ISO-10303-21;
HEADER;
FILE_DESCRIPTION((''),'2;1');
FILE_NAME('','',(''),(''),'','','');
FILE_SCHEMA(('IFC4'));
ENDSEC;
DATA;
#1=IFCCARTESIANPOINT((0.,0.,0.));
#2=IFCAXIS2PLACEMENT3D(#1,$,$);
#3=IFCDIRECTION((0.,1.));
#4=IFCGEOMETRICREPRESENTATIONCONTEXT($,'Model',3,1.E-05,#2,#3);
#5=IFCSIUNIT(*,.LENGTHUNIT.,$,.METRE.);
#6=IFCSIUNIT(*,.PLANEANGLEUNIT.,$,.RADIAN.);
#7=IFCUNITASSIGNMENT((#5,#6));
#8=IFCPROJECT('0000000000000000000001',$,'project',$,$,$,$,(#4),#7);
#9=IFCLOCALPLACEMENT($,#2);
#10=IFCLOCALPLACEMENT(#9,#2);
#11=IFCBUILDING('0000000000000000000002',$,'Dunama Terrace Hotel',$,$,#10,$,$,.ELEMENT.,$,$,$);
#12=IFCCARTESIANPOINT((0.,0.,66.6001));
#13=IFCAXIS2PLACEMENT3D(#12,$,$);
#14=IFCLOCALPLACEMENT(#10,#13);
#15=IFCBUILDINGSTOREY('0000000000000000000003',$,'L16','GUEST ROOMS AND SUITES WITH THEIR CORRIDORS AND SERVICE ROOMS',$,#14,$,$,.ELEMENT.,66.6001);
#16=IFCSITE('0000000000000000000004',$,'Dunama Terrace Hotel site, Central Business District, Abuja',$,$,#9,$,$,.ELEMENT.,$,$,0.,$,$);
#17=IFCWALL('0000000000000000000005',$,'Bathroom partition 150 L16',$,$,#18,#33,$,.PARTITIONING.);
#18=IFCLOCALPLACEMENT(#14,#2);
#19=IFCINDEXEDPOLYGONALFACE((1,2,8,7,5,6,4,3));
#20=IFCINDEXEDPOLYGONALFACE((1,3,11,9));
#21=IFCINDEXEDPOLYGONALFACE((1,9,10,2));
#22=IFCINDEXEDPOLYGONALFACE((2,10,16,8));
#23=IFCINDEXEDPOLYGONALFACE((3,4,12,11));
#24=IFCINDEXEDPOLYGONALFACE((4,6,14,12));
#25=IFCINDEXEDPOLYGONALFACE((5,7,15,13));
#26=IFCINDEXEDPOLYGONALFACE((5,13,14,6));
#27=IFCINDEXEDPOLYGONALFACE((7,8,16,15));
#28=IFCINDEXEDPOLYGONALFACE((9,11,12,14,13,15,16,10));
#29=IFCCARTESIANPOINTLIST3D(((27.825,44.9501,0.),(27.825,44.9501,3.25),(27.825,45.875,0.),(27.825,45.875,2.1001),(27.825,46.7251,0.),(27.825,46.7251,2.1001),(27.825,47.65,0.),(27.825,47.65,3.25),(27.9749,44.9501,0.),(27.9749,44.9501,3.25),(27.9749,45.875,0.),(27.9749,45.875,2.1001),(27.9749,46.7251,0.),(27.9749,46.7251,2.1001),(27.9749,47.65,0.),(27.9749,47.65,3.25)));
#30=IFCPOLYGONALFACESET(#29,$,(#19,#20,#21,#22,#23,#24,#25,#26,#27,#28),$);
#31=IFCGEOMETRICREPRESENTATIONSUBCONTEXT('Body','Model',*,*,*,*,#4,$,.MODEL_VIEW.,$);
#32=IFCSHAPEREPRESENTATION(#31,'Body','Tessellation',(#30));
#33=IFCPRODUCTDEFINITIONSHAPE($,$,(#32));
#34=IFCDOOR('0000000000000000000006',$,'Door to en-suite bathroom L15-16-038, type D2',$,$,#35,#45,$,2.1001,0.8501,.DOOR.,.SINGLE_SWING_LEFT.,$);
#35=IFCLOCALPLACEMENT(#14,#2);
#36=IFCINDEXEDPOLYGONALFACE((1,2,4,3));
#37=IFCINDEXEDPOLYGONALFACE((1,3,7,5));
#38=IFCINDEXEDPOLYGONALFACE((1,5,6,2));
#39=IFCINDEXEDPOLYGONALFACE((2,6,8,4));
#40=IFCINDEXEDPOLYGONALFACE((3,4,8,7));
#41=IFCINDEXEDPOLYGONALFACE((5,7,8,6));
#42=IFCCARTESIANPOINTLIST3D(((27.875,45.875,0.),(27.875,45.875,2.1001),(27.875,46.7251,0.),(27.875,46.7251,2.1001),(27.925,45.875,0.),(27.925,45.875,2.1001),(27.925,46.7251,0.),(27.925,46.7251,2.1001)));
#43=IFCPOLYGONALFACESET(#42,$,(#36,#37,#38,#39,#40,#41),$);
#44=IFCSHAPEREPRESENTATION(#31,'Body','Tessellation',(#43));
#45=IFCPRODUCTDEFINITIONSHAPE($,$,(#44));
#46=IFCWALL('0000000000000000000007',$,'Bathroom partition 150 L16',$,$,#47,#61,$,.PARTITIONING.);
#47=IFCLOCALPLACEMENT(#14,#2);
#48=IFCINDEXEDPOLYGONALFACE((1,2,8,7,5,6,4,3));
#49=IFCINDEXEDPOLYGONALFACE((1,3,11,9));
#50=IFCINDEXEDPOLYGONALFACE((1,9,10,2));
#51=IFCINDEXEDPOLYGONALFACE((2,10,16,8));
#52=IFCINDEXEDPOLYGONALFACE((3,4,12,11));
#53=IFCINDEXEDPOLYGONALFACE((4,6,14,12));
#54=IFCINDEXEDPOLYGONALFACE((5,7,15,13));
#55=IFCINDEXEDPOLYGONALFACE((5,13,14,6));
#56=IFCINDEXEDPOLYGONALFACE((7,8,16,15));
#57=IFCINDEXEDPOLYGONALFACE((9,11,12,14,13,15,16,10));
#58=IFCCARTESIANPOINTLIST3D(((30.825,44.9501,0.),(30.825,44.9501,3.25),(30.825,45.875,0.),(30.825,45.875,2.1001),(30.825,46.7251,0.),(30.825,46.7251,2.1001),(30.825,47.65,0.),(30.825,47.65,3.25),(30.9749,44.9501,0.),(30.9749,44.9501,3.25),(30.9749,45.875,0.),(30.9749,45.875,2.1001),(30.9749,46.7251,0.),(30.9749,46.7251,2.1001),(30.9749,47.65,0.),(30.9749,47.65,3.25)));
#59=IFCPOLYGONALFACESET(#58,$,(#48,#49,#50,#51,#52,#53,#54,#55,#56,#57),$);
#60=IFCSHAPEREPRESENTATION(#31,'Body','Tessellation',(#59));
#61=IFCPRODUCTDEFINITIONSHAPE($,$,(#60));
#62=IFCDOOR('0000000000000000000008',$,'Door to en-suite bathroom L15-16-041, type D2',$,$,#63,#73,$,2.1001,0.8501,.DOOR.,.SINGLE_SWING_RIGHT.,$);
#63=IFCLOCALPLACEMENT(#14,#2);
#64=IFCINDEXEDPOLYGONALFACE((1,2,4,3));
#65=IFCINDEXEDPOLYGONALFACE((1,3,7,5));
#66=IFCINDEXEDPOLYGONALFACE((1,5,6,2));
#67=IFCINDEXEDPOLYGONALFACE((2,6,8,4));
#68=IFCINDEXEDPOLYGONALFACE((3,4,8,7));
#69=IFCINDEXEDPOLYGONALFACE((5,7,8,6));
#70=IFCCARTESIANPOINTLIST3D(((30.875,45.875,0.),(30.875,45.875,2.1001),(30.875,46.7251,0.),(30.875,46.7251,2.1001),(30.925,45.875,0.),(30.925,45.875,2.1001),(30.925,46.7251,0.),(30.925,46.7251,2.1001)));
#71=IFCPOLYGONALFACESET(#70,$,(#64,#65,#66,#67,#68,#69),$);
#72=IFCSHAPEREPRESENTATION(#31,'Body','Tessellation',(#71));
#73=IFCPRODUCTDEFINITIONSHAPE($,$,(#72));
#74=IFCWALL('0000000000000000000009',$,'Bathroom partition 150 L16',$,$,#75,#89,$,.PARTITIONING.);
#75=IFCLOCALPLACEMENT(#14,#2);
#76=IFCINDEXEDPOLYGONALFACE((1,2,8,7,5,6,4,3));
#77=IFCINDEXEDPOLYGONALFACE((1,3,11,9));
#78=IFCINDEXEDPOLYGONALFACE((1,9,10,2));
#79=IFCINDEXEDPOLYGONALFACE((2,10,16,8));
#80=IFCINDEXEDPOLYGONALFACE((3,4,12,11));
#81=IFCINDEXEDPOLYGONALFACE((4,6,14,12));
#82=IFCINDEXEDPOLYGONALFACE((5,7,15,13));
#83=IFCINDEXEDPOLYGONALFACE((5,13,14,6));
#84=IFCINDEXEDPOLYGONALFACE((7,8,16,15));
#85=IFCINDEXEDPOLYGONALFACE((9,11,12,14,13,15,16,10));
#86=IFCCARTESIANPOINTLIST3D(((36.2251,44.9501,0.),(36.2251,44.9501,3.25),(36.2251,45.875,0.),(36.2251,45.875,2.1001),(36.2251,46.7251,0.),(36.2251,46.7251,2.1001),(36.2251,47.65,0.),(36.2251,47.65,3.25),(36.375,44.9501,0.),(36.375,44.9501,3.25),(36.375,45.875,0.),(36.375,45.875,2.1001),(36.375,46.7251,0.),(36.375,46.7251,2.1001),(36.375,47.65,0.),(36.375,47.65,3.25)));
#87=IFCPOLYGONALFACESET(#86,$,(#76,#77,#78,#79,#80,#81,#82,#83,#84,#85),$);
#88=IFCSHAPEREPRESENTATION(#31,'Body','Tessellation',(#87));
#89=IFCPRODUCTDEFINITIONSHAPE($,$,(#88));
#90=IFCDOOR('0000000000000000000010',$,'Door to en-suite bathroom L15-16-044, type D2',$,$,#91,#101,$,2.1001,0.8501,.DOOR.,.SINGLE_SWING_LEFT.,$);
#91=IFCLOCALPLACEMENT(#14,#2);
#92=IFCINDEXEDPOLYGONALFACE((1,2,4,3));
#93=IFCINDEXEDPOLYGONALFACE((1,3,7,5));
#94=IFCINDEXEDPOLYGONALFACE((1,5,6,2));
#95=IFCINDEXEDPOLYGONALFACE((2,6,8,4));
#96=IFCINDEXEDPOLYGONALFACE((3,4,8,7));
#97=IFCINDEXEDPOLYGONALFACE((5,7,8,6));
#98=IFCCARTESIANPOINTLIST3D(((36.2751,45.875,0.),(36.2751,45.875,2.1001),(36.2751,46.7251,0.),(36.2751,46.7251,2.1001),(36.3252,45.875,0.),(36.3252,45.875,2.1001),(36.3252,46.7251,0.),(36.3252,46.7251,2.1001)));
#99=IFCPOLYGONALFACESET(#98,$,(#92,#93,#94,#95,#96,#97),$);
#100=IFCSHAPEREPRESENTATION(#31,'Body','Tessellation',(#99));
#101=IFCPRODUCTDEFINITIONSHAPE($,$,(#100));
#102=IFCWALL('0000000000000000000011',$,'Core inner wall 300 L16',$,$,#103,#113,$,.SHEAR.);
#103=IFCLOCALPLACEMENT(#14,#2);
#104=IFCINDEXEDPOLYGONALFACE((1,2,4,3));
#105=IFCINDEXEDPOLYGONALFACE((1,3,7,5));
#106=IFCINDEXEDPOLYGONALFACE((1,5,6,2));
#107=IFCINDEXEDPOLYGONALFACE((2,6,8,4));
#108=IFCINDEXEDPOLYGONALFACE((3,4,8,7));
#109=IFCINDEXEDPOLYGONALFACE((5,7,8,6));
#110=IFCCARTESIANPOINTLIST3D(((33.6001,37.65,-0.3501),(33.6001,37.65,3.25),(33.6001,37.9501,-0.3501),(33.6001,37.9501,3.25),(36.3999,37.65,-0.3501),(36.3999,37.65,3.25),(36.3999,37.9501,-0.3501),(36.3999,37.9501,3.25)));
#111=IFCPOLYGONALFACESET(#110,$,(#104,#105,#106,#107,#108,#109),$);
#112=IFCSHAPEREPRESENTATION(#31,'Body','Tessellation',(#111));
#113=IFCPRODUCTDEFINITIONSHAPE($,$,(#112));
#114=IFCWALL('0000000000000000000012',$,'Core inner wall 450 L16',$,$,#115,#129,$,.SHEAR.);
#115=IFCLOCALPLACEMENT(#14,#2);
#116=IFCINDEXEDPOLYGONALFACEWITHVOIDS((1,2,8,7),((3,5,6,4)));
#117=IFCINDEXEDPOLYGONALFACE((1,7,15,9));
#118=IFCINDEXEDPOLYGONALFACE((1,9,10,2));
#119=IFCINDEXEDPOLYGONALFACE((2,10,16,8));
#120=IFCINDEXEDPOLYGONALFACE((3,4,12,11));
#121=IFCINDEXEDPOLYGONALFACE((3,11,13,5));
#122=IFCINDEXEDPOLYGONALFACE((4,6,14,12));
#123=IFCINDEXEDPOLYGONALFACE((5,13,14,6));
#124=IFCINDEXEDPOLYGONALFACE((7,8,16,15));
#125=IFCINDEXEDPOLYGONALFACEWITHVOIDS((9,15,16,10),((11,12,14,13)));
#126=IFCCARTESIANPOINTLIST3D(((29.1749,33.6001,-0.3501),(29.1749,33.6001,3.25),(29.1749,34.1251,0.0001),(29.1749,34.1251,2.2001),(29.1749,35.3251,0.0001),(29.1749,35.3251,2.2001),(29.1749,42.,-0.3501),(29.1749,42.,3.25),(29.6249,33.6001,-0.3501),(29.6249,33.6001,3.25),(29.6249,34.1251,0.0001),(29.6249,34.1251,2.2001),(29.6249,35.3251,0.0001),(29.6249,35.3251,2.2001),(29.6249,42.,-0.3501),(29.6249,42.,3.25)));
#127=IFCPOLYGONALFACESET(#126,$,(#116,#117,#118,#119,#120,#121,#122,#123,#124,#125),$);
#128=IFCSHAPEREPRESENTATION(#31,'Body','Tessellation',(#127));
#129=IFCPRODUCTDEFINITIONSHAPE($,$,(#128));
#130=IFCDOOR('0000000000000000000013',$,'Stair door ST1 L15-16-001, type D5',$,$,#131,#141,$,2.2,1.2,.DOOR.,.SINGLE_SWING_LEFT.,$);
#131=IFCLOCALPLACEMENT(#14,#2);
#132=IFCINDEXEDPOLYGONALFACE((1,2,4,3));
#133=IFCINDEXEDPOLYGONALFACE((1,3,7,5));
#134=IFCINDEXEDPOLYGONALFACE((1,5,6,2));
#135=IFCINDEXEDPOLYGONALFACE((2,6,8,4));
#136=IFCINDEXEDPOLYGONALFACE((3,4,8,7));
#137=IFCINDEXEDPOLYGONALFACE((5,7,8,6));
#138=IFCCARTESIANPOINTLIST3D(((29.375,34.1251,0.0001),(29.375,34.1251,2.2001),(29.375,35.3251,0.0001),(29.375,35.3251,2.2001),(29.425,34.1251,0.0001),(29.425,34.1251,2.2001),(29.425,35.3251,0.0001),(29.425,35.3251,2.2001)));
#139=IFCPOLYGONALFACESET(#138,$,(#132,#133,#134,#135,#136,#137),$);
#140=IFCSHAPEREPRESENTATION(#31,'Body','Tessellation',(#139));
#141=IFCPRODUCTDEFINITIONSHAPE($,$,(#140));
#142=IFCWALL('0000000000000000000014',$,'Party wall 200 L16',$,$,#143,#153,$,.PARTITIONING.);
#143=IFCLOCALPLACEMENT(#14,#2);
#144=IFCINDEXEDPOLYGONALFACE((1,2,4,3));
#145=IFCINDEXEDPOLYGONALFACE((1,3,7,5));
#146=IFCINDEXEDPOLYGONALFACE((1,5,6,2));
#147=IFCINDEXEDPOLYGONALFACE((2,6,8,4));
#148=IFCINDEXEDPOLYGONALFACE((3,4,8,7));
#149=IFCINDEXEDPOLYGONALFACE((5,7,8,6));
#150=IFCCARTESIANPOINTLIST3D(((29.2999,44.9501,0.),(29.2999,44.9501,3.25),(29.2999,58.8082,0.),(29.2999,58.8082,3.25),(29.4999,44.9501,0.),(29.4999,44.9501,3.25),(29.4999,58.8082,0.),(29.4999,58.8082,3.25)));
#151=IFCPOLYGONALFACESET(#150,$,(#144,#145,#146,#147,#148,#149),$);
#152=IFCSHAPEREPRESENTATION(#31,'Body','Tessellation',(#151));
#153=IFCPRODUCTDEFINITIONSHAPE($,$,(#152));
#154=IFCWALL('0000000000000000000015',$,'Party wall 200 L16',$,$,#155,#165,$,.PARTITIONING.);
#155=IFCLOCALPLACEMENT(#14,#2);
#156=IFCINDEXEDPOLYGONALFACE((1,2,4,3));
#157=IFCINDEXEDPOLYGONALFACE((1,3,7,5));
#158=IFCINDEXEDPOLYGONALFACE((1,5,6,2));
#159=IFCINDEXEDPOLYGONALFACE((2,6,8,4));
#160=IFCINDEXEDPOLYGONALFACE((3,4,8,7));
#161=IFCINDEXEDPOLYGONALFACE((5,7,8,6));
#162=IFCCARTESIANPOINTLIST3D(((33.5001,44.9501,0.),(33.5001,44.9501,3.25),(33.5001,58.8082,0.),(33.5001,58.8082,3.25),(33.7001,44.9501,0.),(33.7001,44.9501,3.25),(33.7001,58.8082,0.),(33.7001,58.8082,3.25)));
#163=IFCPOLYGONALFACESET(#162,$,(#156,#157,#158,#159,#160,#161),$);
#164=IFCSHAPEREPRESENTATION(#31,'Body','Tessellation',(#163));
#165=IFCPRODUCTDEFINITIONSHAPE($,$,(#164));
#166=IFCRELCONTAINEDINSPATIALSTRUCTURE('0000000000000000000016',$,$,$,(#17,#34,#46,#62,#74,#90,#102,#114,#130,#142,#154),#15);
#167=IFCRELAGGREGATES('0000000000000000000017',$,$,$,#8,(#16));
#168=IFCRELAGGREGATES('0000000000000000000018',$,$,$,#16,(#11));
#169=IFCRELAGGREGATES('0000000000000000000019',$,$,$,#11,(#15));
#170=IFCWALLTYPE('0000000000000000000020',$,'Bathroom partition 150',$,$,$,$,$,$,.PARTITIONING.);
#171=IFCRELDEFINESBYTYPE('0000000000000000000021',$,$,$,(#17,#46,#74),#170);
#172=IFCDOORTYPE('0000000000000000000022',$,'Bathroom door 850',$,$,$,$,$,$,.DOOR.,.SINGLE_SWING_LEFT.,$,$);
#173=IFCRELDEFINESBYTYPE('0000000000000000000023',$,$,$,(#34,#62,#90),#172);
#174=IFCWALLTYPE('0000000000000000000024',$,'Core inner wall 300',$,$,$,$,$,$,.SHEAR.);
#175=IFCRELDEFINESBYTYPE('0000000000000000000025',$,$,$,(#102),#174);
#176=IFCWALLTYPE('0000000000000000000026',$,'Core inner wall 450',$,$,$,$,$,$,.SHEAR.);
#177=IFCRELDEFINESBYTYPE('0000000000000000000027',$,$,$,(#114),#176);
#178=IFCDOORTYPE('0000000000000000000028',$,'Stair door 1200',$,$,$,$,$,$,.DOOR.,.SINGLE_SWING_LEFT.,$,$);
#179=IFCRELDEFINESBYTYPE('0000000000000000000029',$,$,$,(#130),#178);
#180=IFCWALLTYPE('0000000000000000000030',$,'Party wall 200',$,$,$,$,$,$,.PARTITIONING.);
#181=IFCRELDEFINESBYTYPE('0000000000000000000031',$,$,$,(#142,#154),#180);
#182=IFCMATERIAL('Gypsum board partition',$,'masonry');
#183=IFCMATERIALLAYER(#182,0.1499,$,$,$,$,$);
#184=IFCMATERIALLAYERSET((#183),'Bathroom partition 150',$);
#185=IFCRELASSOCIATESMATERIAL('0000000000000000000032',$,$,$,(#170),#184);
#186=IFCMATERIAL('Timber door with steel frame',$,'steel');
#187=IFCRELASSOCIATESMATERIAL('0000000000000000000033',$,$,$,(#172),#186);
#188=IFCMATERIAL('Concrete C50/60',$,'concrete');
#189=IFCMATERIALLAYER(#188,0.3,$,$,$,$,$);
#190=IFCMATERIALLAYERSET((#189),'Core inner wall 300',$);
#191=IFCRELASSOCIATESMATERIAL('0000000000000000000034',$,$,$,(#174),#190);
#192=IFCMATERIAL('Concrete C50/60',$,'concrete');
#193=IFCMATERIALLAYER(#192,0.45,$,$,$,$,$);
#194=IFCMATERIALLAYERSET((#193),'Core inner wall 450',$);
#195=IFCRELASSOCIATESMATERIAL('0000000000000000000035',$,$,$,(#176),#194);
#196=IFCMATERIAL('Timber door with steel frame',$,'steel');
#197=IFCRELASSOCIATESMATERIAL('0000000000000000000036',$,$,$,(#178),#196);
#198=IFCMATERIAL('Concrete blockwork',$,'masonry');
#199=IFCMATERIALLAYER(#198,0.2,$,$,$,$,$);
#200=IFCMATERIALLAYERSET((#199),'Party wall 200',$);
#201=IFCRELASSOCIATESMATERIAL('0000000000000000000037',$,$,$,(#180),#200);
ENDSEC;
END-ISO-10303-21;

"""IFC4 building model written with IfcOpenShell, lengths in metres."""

from ifc_helpers import new_model, si_unit, direction, frame, frame_2d, origin, place, context, subcontext, project, spatial, rectangle, extrude, material, layer, layer_set, type_object, element, fill, save


model = new_model("IFC4")

# Units and contexts
model_context = context("Model", 3, precision=1e-05, world=origin(), true_north=direction((0.0, 1.0)))
body_context = subcontext(model_context, "Body", "Model", "MODEL_VIEW")
ifc_project = project(units=[si_unit("LENGTHUNIT", "METRE"), si_unit("PLANEANGLEUNIT", "RADIAN")], contexts=[model_context])

# Site, building, storey
site_placement = place(None, origin())
site = spatial("IfcSite", under=ifc_project, at=site_placement, Name="Dunama Terrace Hotel site, Central Business District, Abuja", CompositionType="ELEMENT", RefElevation=0.0)
building_placement = place(site_placement, origin())
building = spatial("IfcBuilding", under=site, at=building_placement, Name="Dunama Terrace Hotel", CompositionType="ELEMENT")
storey_placement = place(building_placement, frame((0.0, 0.0, 66.6001)))
storey = spatial("IfcBuildingStorey", under=building, at=storey_placement, Name="L16", Description="GUEST ROOMS AND SUITES WITH THEIR CORRIDORS AND SERVICE ROOMS", CompositionType="ELEMENT", Elevation=66.6001)

# Walls, openings, doors
ifc_material_1 = material(Name="Gypsum board partition", Category="masonry")
ifc_layer_1 = layer(ifc_material_1, 0.1499)
ifc_layer_set_1 = layer_set([ifc_layer_1], Name="Bathroom partition 150")
wall_type_1 = type_object("IfcWallType", Name="Bathroom partition 150", PredefinedType="PARTITIONING", material=ifc_layer_set_1)
wall_1_placement = place(storey_placement, frame((27.8999, 44.95, 0.0), z_axis=(0.0, 0.0, 1.0), x_axis=(0.0, 1.0, 0.0)))
wall_1 = element("IfcWall", 1, at=wall_1_placement, inside=storey, type_object=wall_type_1, Name="Bathroom partition 150 L16", PredefinedType="PARTITIONING", context=body_context, shape_type="SweptSolid", body=[
    extrude(rectangle(XDim=2.7, YDim=0.1499, at=frame_2d((1.3501, 0.0))), origin(), (0.0, 0.0, 1.0), 3.25),
])
opening_1_placement = place(wall_1_placement, frame((0.925, 0.0, 0.0)))
opening_1 = element("IfcOpeningElement", 2, at=opening_1_placement, cuts=wall_1, PredefinedType="OPENING", context=body_context, shape_type="SweptSolid", body=[
    extrude(rectangle(XDim=0.8501, YDim=2.1001, at=frame_2d((0.425, 1.05))), frame((0.0, 0.085, 0.0), z_axis=(0.0, -1.0, 0.0), x_axis=(1.0, 0.0, 0.0)), (0.0, 0.0, 1.0), 0.1699),
])
ifc_material_2 = material(Name="Timber door with steel frame", Category="steel")
door_type_1 = type_object("IfcDoorType", Name="Bathroom door 850", OperationType="SINGLE_SWING_LEFT", PredefinedType="DOOR", material=ifc_material_2)
door_1_placement = place(opening_1_placement, origin())
door_1 = element("IfcDoor", 3, at=door_1_placement, inside=storey, type_object=door_type_1, Name="Door to en-suite bathroom L15-16-038, type D2", OperationType="SINGLE_SWING_LEFT", OverallHeight=2.1001, OverallWidth=0.8501, PredefinedType="DOOR", context=body_context, shape_type="SweptSolid", body=[
    extrude(rectangle(XDim=0.8501, YDim=2.1001, at=frame_2d((0.425, 1.05))), frame((0.0, 0.0249, 0.0), z_axis=(0.0, -1.0, 0.0), x_axis=(1.0, 0.0, 0.0)), (0.0, 0.0, 1.0), 0.05),
])
fill(opening_1, door_1)
wall_2_placement = place(storey_placement, frame((30.8999, 44.95, 0.0), z_axis=(0.0, 0.0, 1.0), x_axis=(0.0, 1.0, 0.0)))
wall_2 = element("IfcWall", 4, at=wall_2_placement, inside=storey, type_object=wall_type_1, Name="Bathroom partition 150 L16", PredefinedType="PARTITIONING", context=body_context, shape_type="SweptSolid", body=[
    extrude(rectangle(XDim=2.7, YDim=0.1499, at=frame_2d((1.3501, 0.0))), origin(), (0.0, 0.0, 1.0), 3.25),
])
opening_2_placement = place(wall_2_placement, frame((0.925, 0.0, 0.0)))
opening_2 = element("IfcOpeningElement", 5, at=opening_2_placement, cuts=wall_2, PredefinedType="OPENING", context=body_context, shape_type="SweptSolid", body=[
    extrude(rectangle(XDim=0.8501, YDim=2.1001, at=frame_2d((0.425, 1.05))), frame((0.0, 0.085, 0.0), z_axis=(0.0, -1.0, 0.0), x_axis=(1.0, 0.0, 0.0)), (0.0, 0.0, 1.0), 0.1699),
])
door_2_placement = place(opening_2_placement, frame((0.8501, 0.0, 0.0), z_axis=(0.0, 0.0, 1.0), x_axis=(-1.0, 0.0, 0.0)))
door_2 = element("IfcDoor", 6, at=door_2_placement, inside=storey, type_object=door_type_1, Name="Door to en-suite bathroom L15-16-041, type D2", OperationType="SINGLE_SWING_RIGHT", OverallHeight=2.1001, OverallWidth=0.8501, PredefinedType="DOOR", context=body_context, shape_type="SweptSolid", body=[
    extrude(rectangle(XDim=0.8501, YDim=2.1001, at=frame_2d((0.425, 1.05))), frame((0.0, 0.0251, 0.0), z_axis=(0.0, -1.0, 0.0), x_axis=(1.0, 0.0, 0.0)), (0.0, 0.0, 1.0), 0.05),
])
fill(opening_2, door_2)
wall_3_placement = place(storey_placement, frame((36.3, 44.95, 0.0), z_axis=(0.0, 0.0, 1.0), x_axis=(0.0, 1.0, 0.0)))
wall_3 = element("IfcWall", 7, at=wall_3_placement, inside=storey, type_object=wall_type_1, Name="Bathroom partition 150 L16", PredefinedType="PARTITIONING", context=body_context, shape_type="SweptSolid", body=[
    extrude(rectangle(XDim=2.7, YDim=0.1499, at=frame_2d((1.3501, 0.0))), origin(), (0.0, 0.0, 1.0), 3.25),
])
opening_3_placement = place(wall_3_placement, frame((0.925, 0.0, 0.0)))
opening_3 = element("IfcOpeningElement", 8, at=opening_3_placement, cuts=wall_3, PredefinedType="OPENING", context=body_context, shape_type="SweptSolid", body=[
    extrude(rectangle(XDim=0.8501, YDim=2.1001, at=frame_2d((0.425, 1.05))), frame((0.0, 0.085, 0.0), z_axis=(0.0, -1.0, 0.0), x_axis=(1.0, 0.0, 0.0)), (0.0, 0.0, 1.0), 0.1699),
])
door_3_placement = place(opening_3_placement, origin())
door_3 = element("IfcDoor", 9, at=door_3_placement, inside=storey, type_object=door_type_1, Name="Door to en-suite bathroom L15-16-044, type D2", OperationType="SINGLE_SWING_LEFT", OverallHeight=2.1001, OverallWidth=0.8501, PredefinedType="DOOR", context=body_context, shape_type="SweptSolid", body=[
    extrude(rectangle(XDim=0.8501, YDim=2.1001, at=frame_2d((0.425, 1.05))), frame((0.0, 0.0249, 0.0), z_axis=(0.0, -1.0, 0.0), x_axis=(1.0, 0.0, 0.0)), (0.0, 0.0, 1.0), 0.05),
])
fill(opening_3, door_3)

# Wall
ifc_material_3 = material(Name="Concrete C50/60", Category="concrete")
ifc_layer_2 = layer(ifc_material_3, 0.3)
ifc_layer_set_2 = layer_set([ifc_layer_2], Name="Core inner wall 300")
wall_type_2 = type_object("IfcWallType", Name="Core inner wall 300", PredefinedType="SHEAR", material=ifc_layer_set_2)
wall_4_placement = place(storey_placement, frame((33.6001, 37.8, -0.3501), z_axis=(0.0, 0.0, 1.0), x_axis=(1.0, 0.0, 0.0)))
element("IfcWall", 10, at=wall_4_placement, inside=storey, type_object=wall_type_2, Name="Core inner wall 300 L16", PredefinedType="SHEAR", context=body_context, shape_type="SweptSolid", body=[
    extrude(rectangle(XDim=2.7998, YDim=0.3, at=frame_2d((1.3999, 0.0))), origin(), (0.0, 0.0, 1.0), 3.6001),
])

# Wall, opening, door
ifc_material_4 = material(Name="Concrete C50/60", Category="concrete")
ifc_layer_3 = layer(ifc_material_4, 0.45)
ifc_layer_set_3 = layer_set([ifc_layer_3], Name="Core inner wall 450")
wall_type_3 = type_object("IfcWallType", Name="Core inner wall 450", PredefinedType="SHEAR", material=ifc_layer_set_3)
wall_5_placement = place(storey_placement, frame((29.3999, 33.6001, -0.3501), z_axis=(0.0, 0.0, 1.0), x_axis=(0.0, 1.0, 0.0)))
wall_5 = element("IfcWall", 11, at=wall_5_placement, inside=storey, type_object=wall_type_3, Name="Core inner wall 450 L16", PredefinedType="SHEAR", context=body_context, shape_type="SweptSolid", body=[
    extrude(rectangle(XDim=8.3999, YDim=0.45, at=frame_2d((4.2, 0.0))), origin(), (0.0, 0.0, 1.0), 3.6001),
])
opening_4_placement = place(wall_5_placement, frame((0.5249, 0.0, 0.3501)))
opening_4 = element("IfcOpeningElement", 12, at=opening_4_placement, cuts=wall_5, PredefinedType="OPENING", context=body_context, shape_type="SweptSolid", body=[
    extrude(rectangle(XDim=1.2, YDim=2.2, at=frame_2d((0.6001, 1.1001))), frame((0.0, 0.2349, 0.0), z_axis=(0.0, -1.0, 0.0), x_axis=(1.0, 0.0, 0.0)), (0.0, 0.0, 1.0), 0.47),
])
ifc_material_5 = material(Name="Timber door with steel frame", Category="steel")
door_type_2 = type_object("IfcDoorType", Name="Stair door 1200", OperationType="SINGLE_SWING_LEFT", PredefinedType="DOOR", material=ifc_material_5)
door_4_placement = place(opening_4_placement, origin())
door_4 = element("IfcDoor", 13, at=door_4_placement, inside=storey, type_object=door_type_2, Name="Stair door ST1 L15-16-001, type D5", OperationType="SINGLE_SWING_LEFT", OverallHeight=2.2, OverallWidth=1.2, PredefinedType="DOOR", context=body_context, shape_type="SweptSolid", body=[
    extrude(rectangle(XDim=1.2, YDim=2.2, at=frame_2d((0.6001, 1.1001))), frame((0.0, 0.0249, 0.0), z_axis=(0.0, -1.0, 0.0), x_axis=(1.0, 0.0, 0.0)), (0.0, 0.0, 1.0), 0.05),
])
fill(opening_4, door_4)

# Walls
ifc_material_6 = material(Name="Concrete blockwork", Category="masonry")
ifc_layer_4 = layer(ifc_material_6, 0.2)
ifc_layer_set_4 = layer_set([ifc_layer_4], Name="Party wall 200")
wall_type_4 = type_object("IfcWallType", Name="Party wall 200", PredefinedType="PARTITIONING", material=ifc_layer_set_4)
for number, where, z_axis, x_axis, name in (
    (14, (29.3999, 44.95, 0.0), (0.0, 0.0, 1.0), (0.0, 1.0, 0.0), "Party wall 200 L16"),
    (15, (33.6001, 44.95, 0.0), (0.0, 0.0, 1.0), (0.0, 1.0, 0.0), "Party wall 200 L16"),
):
    element("IfcWall", number, at=place(storey_placement, frame(where, z_axis=z_axis, x_axis=x_axis)), inside=storey, type_object=wall_type_4, Name=name, PredefinedType="PARTITIONING", context=body_context, shape_type="SweptSolid", body=[
        extrude(rectangle(XDim=13.8582, YDim=0.2, at=frame_2d((6.9292, 0.0))), origin(), (0.0, 0.0, 1.0), 3.25),
    ])

save(model, "model.ifc")
